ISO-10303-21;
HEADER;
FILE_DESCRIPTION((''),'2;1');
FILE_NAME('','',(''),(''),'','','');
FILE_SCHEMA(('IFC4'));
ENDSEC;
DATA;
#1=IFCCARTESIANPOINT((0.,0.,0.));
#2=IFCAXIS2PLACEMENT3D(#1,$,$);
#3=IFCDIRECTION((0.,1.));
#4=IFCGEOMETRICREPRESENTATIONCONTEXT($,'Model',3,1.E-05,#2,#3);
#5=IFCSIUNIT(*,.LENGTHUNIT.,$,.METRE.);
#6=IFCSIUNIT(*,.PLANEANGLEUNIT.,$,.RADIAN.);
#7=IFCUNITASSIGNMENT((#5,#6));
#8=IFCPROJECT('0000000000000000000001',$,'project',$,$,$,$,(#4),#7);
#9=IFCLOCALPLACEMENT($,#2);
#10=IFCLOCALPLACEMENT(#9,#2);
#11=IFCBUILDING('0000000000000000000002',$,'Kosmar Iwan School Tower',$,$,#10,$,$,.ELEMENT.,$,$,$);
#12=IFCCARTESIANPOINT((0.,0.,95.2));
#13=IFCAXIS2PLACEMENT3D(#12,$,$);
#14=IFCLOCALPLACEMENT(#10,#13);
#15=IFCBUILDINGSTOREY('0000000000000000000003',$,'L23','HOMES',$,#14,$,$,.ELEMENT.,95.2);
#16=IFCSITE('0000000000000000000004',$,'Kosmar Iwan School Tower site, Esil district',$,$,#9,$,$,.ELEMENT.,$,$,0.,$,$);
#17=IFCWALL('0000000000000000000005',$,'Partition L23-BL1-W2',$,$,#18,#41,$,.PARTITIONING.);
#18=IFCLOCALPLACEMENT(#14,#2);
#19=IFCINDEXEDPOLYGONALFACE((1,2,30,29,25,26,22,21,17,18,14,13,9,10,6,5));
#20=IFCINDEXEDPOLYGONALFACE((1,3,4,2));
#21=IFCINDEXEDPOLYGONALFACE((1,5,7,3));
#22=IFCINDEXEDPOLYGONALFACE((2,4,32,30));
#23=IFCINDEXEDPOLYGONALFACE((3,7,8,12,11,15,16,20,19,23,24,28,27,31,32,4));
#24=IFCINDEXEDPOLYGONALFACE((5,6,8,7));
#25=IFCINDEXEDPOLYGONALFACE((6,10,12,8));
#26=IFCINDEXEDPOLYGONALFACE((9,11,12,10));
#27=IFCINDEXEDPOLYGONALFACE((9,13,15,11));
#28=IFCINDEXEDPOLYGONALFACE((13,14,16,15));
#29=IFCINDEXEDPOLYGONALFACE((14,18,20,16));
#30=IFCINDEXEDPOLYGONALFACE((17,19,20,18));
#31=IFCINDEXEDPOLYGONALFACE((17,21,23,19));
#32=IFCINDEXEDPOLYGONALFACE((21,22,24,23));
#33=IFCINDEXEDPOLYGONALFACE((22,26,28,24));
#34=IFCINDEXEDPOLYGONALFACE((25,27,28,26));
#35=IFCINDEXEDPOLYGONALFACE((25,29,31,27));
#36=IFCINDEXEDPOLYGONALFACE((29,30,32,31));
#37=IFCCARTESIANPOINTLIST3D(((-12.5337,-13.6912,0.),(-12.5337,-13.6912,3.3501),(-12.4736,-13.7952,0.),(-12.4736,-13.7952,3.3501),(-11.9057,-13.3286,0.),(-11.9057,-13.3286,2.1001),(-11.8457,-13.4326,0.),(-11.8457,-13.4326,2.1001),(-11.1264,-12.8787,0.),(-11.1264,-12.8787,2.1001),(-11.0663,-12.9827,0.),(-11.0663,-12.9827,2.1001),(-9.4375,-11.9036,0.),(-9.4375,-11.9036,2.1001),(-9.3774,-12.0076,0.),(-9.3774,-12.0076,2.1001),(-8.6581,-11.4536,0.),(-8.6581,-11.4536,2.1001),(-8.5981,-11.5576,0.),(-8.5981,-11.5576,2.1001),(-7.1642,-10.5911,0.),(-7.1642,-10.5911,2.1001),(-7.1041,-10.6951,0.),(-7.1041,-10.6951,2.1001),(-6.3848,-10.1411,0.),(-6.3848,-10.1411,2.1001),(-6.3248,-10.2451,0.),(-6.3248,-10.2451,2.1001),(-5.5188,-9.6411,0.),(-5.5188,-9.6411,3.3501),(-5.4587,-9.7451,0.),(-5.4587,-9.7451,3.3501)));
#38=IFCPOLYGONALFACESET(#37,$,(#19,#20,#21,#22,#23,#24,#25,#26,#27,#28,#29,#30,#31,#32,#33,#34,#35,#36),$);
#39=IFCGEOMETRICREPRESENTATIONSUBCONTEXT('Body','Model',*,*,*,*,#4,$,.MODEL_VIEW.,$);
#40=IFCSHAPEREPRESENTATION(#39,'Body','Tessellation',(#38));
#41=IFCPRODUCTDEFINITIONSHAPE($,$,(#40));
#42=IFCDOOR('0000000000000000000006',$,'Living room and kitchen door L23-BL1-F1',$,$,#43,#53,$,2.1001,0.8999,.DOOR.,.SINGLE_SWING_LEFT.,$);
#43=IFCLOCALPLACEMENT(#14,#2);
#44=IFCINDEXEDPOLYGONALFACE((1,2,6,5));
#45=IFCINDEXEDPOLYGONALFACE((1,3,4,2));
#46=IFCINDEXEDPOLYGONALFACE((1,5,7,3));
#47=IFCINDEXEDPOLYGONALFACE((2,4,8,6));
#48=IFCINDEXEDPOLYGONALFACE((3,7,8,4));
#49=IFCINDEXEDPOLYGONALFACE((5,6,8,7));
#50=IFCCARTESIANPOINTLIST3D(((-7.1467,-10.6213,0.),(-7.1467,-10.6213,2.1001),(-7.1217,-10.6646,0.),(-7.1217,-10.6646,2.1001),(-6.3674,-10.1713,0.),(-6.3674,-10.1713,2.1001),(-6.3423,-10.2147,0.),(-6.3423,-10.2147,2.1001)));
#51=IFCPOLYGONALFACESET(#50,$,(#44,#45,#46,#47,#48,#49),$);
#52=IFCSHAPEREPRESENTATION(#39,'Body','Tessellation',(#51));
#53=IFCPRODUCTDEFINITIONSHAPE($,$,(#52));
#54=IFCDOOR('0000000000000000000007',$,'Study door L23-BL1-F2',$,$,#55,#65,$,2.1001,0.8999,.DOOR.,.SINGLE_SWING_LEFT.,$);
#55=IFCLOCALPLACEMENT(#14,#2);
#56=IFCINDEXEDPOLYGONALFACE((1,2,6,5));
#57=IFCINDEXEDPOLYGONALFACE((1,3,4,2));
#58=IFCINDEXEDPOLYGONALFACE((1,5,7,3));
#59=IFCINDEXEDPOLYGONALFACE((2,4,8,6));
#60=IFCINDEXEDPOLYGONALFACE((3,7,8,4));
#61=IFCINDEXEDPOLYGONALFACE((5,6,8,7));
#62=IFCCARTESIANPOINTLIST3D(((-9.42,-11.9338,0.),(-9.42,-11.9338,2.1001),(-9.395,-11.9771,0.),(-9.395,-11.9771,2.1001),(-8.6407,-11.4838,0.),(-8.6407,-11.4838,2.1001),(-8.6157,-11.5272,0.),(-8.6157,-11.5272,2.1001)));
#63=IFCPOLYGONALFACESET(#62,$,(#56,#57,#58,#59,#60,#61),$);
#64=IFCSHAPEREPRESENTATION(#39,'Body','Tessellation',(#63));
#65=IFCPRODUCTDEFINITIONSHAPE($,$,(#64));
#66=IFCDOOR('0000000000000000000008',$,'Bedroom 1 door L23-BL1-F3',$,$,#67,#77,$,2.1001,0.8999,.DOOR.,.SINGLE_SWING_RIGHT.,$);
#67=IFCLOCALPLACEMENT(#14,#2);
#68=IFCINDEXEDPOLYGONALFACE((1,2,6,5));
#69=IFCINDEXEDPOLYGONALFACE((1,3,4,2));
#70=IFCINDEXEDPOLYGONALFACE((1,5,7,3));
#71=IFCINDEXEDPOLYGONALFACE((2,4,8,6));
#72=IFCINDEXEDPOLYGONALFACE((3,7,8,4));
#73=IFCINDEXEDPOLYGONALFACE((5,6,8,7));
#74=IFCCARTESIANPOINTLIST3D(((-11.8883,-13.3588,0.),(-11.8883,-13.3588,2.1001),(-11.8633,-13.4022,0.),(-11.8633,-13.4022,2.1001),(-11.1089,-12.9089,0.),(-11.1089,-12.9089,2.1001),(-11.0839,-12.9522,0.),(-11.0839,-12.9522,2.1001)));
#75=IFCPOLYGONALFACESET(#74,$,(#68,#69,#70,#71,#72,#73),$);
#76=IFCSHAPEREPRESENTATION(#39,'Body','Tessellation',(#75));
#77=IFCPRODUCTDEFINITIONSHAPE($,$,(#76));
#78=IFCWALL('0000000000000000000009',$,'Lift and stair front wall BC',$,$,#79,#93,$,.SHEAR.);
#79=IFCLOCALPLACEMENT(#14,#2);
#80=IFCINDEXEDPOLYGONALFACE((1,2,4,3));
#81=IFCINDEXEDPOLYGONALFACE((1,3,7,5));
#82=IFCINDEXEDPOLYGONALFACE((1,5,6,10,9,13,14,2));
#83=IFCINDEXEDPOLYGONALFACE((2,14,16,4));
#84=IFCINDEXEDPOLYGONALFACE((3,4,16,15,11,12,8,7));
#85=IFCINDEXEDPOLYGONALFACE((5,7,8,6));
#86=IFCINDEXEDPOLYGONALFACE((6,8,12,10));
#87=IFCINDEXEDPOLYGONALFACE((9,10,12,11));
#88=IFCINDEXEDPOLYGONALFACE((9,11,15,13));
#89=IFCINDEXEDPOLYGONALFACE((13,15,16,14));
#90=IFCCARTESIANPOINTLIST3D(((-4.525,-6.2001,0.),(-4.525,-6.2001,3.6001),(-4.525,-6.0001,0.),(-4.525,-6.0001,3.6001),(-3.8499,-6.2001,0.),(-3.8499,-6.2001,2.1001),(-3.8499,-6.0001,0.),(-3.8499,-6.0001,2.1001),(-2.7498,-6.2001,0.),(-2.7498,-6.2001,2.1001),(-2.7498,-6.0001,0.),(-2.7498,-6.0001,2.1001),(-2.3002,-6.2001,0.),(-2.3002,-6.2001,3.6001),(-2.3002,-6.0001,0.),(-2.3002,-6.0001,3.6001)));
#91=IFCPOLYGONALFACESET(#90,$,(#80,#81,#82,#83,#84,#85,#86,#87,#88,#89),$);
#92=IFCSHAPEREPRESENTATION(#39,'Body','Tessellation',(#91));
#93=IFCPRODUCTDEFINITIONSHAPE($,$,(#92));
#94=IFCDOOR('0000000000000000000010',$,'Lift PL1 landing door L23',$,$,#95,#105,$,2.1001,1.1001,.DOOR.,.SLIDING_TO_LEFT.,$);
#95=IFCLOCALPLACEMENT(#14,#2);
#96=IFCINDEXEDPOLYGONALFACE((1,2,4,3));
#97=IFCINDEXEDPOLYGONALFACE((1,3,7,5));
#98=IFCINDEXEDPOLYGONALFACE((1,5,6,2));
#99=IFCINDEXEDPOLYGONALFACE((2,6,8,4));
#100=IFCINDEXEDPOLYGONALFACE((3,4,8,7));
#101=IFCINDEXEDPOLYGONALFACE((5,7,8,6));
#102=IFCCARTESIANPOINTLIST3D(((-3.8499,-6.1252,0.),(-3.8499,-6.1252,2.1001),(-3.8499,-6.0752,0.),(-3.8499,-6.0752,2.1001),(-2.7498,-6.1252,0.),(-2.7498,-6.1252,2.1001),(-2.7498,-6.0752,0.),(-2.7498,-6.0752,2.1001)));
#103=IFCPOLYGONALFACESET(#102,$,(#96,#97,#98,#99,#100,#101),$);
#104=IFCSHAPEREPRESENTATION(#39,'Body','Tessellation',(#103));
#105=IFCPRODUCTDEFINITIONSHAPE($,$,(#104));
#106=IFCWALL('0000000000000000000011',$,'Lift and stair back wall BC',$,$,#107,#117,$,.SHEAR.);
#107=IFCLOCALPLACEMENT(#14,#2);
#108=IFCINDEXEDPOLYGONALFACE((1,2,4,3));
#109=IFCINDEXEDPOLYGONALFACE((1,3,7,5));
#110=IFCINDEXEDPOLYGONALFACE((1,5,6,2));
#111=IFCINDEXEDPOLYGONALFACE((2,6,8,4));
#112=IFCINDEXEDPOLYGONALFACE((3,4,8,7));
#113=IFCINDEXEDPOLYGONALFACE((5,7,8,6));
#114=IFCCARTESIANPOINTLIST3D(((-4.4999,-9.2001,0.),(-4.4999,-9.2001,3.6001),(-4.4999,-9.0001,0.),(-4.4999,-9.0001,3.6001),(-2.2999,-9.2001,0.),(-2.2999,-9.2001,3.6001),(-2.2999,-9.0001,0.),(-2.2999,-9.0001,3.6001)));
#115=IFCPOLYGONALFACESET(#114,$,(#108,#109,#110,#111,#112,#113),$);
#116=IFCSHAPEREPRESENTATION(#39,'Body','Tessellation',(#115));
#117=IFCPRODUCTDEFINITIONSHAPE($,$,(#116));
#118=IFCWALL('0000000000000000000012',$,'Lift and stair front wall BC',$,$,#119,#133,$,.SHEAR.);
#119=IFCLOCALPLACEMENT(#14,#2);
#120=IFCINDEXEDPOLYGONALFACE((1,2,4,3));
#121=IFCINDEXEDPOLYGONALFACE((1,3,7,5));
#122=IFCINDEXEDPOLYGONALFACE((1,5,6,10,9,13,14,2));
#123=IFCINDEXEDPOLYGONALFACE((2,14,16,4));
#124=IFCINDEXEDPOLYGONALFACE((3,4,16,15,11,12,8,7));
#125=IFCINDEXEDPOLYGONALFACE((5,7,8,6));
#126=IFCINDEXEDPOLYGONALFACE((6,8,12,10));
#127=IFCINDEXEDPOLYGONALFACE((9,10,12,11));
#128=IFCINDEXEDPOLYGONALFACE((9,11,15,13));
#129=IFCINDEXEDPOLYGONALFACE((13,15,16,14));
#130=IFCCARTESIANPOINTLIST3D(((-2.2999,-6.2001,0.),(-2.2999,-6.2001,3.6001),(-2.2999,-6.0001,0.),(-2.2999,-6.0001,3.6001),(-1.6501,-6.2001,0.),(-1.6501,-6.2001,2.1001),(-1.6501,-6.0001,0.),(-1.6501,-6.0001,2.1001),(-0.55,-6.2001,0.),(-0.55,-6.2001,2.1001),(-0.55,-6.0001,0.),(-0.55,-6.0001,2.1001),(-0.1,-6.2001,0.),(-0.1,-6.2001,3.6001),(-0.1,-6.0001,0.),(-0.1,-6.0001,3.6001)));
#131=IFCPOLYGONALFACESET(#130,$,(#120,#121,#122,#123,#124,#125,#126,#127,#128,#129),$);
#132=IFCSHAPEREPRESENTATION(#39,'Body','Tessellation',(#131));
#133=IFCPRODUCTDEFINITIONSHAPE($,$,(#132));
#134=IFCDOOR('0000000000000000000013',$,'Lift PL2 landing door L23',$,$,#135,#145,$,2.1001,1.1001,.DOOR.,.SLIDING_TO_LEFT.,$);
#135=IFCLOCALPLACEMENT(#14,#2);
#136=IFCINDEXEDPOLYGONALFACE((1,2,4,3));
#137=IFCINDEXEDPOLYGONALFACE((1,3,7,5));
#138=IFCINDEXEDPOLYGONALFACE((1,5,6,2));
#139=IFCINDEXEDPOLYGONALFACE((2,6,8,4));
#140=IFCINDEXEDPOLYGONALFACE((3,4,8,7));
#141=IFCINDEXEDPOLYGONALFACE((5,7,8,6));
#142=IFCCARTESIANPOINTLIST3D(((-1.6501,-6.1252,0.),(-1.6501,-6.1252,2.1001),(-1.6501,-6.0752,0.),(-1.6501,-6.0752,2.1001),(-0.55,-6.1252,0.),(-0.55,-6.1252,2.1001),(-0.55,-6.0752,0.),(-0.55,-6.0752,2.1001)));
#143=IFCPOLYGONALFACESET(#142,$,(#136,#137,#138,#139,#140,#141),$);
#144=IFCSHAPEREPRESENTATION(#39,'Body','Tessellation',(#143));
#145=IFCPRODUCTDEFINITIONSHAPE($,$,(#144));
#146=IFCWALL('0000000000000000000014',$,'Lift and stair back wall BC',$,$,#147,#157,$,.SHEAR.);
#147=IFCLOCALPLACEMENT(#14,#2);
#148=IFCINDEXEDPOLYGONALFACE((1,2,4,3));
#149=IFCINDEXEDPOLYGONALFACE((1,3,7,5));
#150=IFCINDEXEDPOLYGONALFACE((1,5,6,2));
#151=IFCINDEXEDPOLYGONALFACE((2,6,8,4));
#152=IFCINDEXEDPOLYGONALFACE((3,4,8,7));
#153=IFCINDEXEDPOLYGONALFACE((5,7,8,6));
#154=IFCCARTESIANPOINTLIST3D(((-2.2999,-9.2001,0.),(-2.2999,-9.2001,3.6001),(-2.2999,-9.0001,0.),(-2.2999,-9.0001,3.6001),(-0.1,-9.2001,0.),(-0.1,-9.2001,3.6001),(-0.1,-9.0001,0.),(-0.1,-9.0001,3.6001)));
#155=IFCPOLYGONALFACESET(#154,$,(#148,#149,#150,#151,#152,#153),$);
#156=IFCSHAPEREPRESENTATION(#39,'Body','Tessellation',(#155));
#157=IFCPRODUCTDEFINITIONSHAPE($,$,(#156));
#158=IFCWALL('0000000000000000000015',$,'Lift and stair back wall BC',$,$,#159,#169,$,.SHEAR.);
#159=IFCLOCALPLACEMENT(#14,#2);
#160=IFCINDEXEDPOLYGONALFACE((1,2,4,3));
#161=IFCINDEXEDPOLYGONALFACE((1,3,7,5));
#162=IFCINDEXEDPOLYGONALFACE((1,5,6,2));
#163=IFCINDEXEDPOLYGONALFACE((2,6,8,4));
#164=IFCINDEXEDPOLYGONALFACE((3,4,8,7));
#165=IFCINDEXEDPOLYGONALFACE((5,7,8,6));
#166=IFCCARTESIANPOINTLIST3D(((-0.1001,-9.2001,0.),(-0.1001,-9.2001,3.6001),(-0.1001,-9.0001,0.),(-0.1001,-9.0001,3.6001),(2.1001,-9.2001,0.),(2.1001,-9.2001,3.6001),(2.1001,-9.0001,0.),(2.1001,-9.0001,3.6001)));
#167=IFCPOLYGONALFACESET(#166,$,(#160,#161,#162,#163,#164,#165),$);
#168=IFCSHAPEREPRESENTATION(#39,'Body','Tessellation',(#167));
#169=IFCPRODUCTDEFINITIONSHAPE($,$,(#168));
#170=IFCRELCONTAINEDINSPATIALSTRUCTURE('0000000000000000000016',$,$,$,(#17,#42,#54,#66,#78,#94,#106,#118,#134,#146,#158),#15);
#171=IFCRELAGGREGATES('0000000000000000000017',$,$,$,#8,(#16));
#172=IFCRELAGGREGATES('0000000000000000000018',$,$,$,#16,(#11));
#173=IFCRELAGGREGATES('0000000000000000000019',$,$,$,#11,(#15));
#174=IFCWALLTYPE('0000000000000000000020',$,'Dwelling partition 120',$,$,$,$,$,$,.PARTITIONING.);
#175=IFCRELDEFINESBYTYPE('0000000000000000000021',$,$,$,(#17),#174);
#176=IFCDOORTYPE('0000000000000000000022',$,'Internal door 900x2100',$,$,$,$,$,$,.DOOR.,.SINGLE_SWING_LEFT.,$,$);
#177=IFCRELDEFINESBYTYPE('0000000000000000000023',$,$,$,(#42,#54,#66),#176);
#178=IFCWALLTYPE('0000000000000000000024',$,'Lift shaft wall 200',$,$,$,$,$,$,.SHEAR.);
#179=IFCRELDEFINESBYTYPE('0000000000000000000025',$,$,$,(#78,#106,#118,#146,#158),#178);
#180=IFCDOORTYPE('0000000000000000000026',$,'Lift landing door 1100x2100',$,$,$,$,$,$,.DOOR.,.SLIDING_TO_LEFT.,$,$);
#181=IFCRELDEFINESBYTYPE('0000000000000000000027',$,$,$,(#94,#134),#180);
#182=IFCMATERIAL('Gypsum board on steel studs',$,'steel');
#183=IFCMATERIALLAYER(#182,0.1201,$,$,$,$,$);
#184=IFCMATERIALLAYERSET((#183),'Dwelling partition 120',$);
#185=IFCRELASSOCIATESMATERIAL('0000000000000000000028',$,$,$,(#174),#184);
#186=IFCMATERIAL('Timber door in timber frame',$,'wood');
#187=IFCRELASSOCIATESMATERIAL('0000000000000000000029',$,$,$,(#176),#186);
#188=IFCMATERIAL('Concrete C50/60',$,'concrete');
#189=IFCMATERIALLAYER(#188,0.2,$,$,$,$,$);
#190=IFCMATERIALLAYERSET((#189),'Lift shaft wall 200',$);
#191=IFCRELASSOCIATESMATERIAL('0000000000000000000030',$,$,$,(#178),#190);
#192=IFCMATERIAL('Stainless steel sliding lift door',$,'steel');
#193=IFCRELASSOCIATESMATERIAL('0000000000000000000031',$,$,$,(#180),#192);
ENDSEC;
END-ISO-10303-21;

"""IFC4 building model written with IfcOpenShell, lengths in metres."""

from ifc_helpers import new_model, si_unit, direction, frame, frame_2d, origin, place, context, subcontext, project, spatial, rectangle, extrude, material, layer, layer_set, type_object, element, fill, save


model = new_model("IFC4")

# Units and contexts
model_context = context("Model", 3, precision=1e-05, world=origin(), true_north=direction((0.0, 1.0)))
body_context = subcontext(model_context, "Body", "Model", "MODEL_VIEW")
ifc_project = project(units=[si_unit("LENGTHUNIT", "METRE"), si_unit("PLANEANGLEUNIT", "RADIAN")], contexts=[model_context])

# Site, building, storey
site_placement = place(None, origin())
site = spatial("IfcSite", under=ifc_project, at=site_placement, Name="Kosmar Iwan School Tower site, Esil district", CompositionType="ELEMENT", RefElevation=0.0)
building_placement = place(site_placement, origin())
building = spatial("IfcBuilding", under=site, at=building_placement, Name="Kosmar Iwan School Tower", CompositionType="ELEMENT")
storey_placement = place(building_placement, frame((0.0, 0.0, 95.2)))
storey = spatial("IfcBuildingStorey", under=building, at=storey_placement, Name="L23", Description="HOMES", CompositionType="ELEMENT", Elevation=95.2)

# Wall, openings, doors
ifc_material_1 = material(Name="Gypsum board on steel studs", Category="steel")
ifc_layer_1 = layer(ifc_material_1, 0.1201)
ifc_layer_set_1 = layer_set([ifc_layer_1], Name="Dwelling partition 120")
wall_type_1 = type_object("IfcWallType", Name="Dwelling partition 120", PredefinedType="PARTITIONING", material=ifc_layer_set_1)
ifc_material_2 = material(Name="Timber door in timber frame", Category="wood")
door_type_1 = type_object("IfcDoorType", Name="Internal door 900x2100", OperationType="SINGLE_SWING_LEFT", PredefinedType="DOOR", material=ifc_material_2)
wall_1_placement = place(storey_placement, frame((-5.4888, -9.6931, 0.0), z_axis=(0.0, 0.0, 1.0), x_axis=(-0.866025, -0.5, 0.0)))
wall_1 = element("IfcWall", 1, at=wall_1_placement, inside=storey, type_object=wall_type_1, Name="Partition L23-BL1-W2", PredefinedType="PARTITIONING", context=body_context, shape_type="SweptSolid", body=[
    extrude(rectangle(XDim=8.1001, YDim=0.1201, at=frame_2d((4.05, 0.0))), origin(), (0.0, 0.0, 1.0), 3.3501),
])
opening_1_placement = place(wall_1_placement, frame((1.0, 0.0, 0.0)))
opening_1 = element("IfcOpeningElement", 2, at=opening_1_placement, cuts=wall_1, PredefinedType="OPENING", context=body_context, shape_type="SweptSolid", body=[
    extrude(rectangle(XDim=0.8999, YDim=2.1001, at=frame_2d((0.45, 1.05))), frame((0.0, 0.072, 0.0), z_axis=(0.0, -1.0, 0.0), x_axis=(1.0, 0.0, 0.0)), (0.0, 0.0, 1.0), 0.144),
])
opening_2_placement = place(wall_1_placement, frame((3.625, 0.0, 0.0)))
opening_2 = element("IfcOpeningElement", 3, at=opening_2_placement, cuts=wall_1, PredefinedType="OPENING", context=body_context, shape_type="SweptSolid", body=[
    extrude(rectangle(XDim=0.8999, YDim=2.1001, at=frame_2d((0.45, 1.05))), frame((0.0, 0.072, 0.0), z_axis=(0.0, -1.0, 0.0), x_axis=(1.0, 0.0, 0.0)), (0.0, 0.0, 1.0), 0.144),
])
opening_3_placement = place(wall_1_placement, frame((6.4751, 0.0, 0.0)))
opening_3 = element("IfcOpeningElement", 4, at=opening_3_placement, cuts=wall_1, PredefinedType="OPENING", context=body_context, shape_type="SweptSolid", body=[
    extrude(rectangle(XDim=0.8999, YDim=2.1001, at=frame_2d((0.45, 1.05))), frame((0.0, 0.072, 0.0), z_axis=(0.0, -1.0, 0.0), x_axis=(1.0, 0.0, 0.0)), (0.0, 0.0, 1.0), 0.144),
])
door_1_placement = place(opening_1_placement, origin())
door_1 = element("IfcDoor", 5, at=door_1_placement, inside=storey, type_object=door_type_1, Name="Living room and kitchen door L23-BL1-F1", OperationType="SINGLE_SWING_LEFT", OverallHeight=2.1001, OverallWidth=0.8999, PredefinedType="DOOR", context=body_context, shape_type="SweptSolid", body=[
    extrude(rectangle(XDim=0.8999, YDim=2.1001, at=frame_2d((0.45, 1.05))), frame((0.0, 0.0249, 0.0), z_axis=(0.0, -1.0, 0.0), x_axis=(1.0, 0.0, 0.0)), (0.0, 0.0, 1.0), 0.05),
])
fill(opening_1, door_1)
door_2_placement = place(opening_2_placement, origin())
door_2 = element("IfcDoor", 6, at=door_2_placement, inside=storey, type_object=door_type_1, Name="Study door L23-BL1-F2", OperationType="SINGLE_SWING_LEFT", OverallHeight=2.1001, OverallWidth=0.8999, PredefinedType="DOOR", context=body_context, shape_type="SweptSolid", body=[
    extrude(rectangle(XDim=0.8999, YDim=2.1001, at=frame_2d((0.45, 1.05))), frame((0.0, 0.0249, 0.0), z_axis=(0.0, -1.0, 0.0), x_axis=(1.0, 0.0, 0.0)), (0.0, 0.0, 1.0), 0.05),
])
fill(opening_2, door_2)
door_3_placement = place(opening_3_placement, origin())
door_3 = element("IfcDoor", 7, at=door_3_placement, inside=storey, type_object=door_type_1, Name="Bedroom 1 door L23-BL1-F3", OperationType="SINGLE_SWING_RIGHT", OverallHeight=2.1001, OverallWidth=0.8999, PredefinedType="DOOR", context=body_context, shape_type="SweptSolid", body=[
    extrude(rectangle(XDim=0.8999, YDim=2.1001, at=frame_2d((0.45, 1.05))), frame((0.0, 0.0249, 0.0), z_axis=(0.0, -1.0, 0.0), x_axis=(1.0, 0.0, 0.0)), (0.0, 0.0, 1.0), 0.05),
])
fill(opening_3, door_3)

# Wall, opening, door
ifc_material_3 = material(Name="Concrete C50/60", Category="concrete")
ifc_layer_2 = layer(ifc_material_3, 0.2)
ifc_layer_set_2 = layer_set([ifc_layer_2], Name="Lift shaft wall 200")
wall_type_2 = type_object("IfcWallType", Name="Lift shaft wall 200", PredefinedType="SHEAR", material=ifc_layer_set_2)
wall_2_placement = place(storey_placement, frame((-4.5249, -6.1001, 0.0), z_axis=(0.0, 0.0, 1.0), x_axis=(1.0, 0.0, 0.0)))
wall_2 = element("IfcWall", 8, at=wall_2_placement, inside=storey, type_object=wall_type_2, Name="Lift and stair front wall BC", PredefinedType="SHEAR", context=body_context, shape_type="SweptSolid", body=[
    extrude(rectangle(XDim=2.2249, YDim=0.2, at=frame_2d((1.1123, 0.0))), origin(), (0.0, 0.0, 1.0), 3.6001),
])
opening_4_placement = place(wall_2_placement, frame((0.675, 0.0, 0.0)))
opening_4 = element("IfcOpeningElement", 9, at=opening_4_placement, cuts=wall_2, PredefinedType="OPENING", context=body_context, shape_type="SweptSolid", body=[
    extrude(rectangle(XDim=1.1001, YDim=2.1001, at=frame_2d((0.55, 1.05))), frame((0.0, 0.1121, 0.0), z_axis=(0.0, -1.0, 0.0), x_axis=(1.0, 0.0, 0.0)), (0.0, 0.0, 1.0), 0.2239),
])
ifc_material_4 = material(Name="Stainless steel sliding lift door", Category="steel")
door_type_2 = type_object("IfcDoorType", Name="Lift landing door 1100x2100", OperationType="SLIDING_TO_LEFT", PredefinedType="DOOR", material=ifc_material_4)
door_4_placement = place(opening_4_placement, origin())
door_4 = element("IfcDoor", 10, at=door_4_placement, inside=storey, type_object=door_type_2, Name="Lift PL1 landing door L23", OperationType="SLIDING_TO_LEFT", OverallHeight=2.1001, OverallWidth=1.1001, PredefinedType="DOOR", context=body_context, shape_type="SweptSolid", body=[
    extrude(rectangle(XDim=1.1001, YDim=2.1001, at=frame_2d((0.55, 1.05))), frame((0.0, 0.0249, 0.0), z_axis=(0.0, -1.0, 0.0), x_axis=(1.0, 0.0, 0.0)), (0.0, 0.0, 1.0), 0.05),
])
fill(opening_4, door_4)

# Wall
wall_3_placement = place(storey_placement, frame((-4.5, -9.1001, 0.0), z_axis=(0.0, 0.0, 1.0), x_axis=(1.0, 0.0, 0.0)))
element("IfcWall", 11, at=wall_3_placement, inside=storey, type_object=wall_type_2, Name="Lift and stair back wall BC", PredefinedType="SHEAR", context=body_context, shape_type="SweptSolid", body=[
    extrude(rectangle(XDim=2.2, YDim=0.2, at=frame_2d((1.1001, 0.0))), origin(), (0.0, 0.0, 1.0), 3.6001),
])

# Wall, opening, door
wall_4_placement = place(storey_placement, frame((-2.3, -6.1001, 0.0), z_axis=(0.0, 0.0, 1.0), x_axis=(1.0, 0.0, 0.0)))
wall_4 = element("IfcWall", 12, at=wall_4_placement, inside=storey, type_object=wall_type_2, Name="Lift and stair front wall BC", PredefinedType="SHEAR", context=body_context, shape_type="SweptSolid", body=[
    extrude(rectangle(XDim=2.2, YDim=0.2, at=frame_2d((1.1001, 0.0))), origin(), (0.0, 0.0, 1.0), 3.6001),
])
opening_5_placement = place(wall_4_placement, frame((0.6499, 0.0, 0.0)))
opening_5 = element("IfcOpeningElement", 13, at=opening_5_placement, cuts=wall_4, PredefinedType="OPENING", context=body_context, shape_type="SweptSolid", body=[
    extrude(rectangle(XDim=1.1001, YDim=2.1001, at=frame_2d((0.55, 1.05))), frame((0.0, 0.1121, 0.0), z_axis=(0.0, -1.0, 0.0), x_axis=(1.0, 0.0, 0.0)), (0.0, 0.0, 1.0), 0.2239),
])
door_5_placement = place(opening_5_placement, origin())
door_5 = element("IfcDoor", 14, at=door_5_placement, inside=storey, type_object=door_type_2, Name="Lift PL2 landing door L23", OperationType="SLIDING_TO_LEFT", OverallHeight=2.1001, OverallWidth=1.1001, PredefinedType="DOOR", context=body_context, shape_type="SweptSolid", body=[
    extrude(rectangle(XDim=1.1001, YDim=2.1001, at=frame_2d((0.55, 1.05))), frame((0.0, 0.0249, 0.0), z_axis=(0.0, -1.0, 0.0), x_axis=(1.0, 0.0, 0.0)), (0.0, 0.0, 1.0), 0.05),
])
fill(opening_5, door_5)

# Walls
wall_5_placement = place(storey_placement, frame((-2.3, -9.1001, 0.0), z_axis=(0.0, 0.0, 1.0), x_axis=(1.0, 0.0, 0.0)))
element("IfcWall", 15, at=wall_5_placement, inside=storey, type_object=wall_type_2, Name="Lift and stair back wall BC", PredefinedType="SHEAR", context=body_context, shape_type="SweptSolid", body=[
    extrude(rectangle(XDim=2.2, YDim=0.2, at=frame_2d((1.1001, 0.0))), origin(), (0.0, 0.0, 1.0), 3.6001),
])
wall_6_placement = place(storey_placement, frame((-0.1001, -9.1001, 0.0), z_axis=(0.0, 0.0, 1.0), x_axis=(1.0, 0.0, 0.0)))
element("IfcWall", 16, at=wall_6_placement, inside=storey, type_object=wall_type_2, Name="Lift and stair back wall BC", PredefinedType="SHEAR", context=body_context, shape_type="SweptSolid", body=[
    extrude(rectangle(XDim=2.2002, YDim=0.2, at=frame_2d((1.1001, 0.0))), origin(), (0.0, 0.0, 1.0), 3.6001),
])

save(model, "model.ifc")
